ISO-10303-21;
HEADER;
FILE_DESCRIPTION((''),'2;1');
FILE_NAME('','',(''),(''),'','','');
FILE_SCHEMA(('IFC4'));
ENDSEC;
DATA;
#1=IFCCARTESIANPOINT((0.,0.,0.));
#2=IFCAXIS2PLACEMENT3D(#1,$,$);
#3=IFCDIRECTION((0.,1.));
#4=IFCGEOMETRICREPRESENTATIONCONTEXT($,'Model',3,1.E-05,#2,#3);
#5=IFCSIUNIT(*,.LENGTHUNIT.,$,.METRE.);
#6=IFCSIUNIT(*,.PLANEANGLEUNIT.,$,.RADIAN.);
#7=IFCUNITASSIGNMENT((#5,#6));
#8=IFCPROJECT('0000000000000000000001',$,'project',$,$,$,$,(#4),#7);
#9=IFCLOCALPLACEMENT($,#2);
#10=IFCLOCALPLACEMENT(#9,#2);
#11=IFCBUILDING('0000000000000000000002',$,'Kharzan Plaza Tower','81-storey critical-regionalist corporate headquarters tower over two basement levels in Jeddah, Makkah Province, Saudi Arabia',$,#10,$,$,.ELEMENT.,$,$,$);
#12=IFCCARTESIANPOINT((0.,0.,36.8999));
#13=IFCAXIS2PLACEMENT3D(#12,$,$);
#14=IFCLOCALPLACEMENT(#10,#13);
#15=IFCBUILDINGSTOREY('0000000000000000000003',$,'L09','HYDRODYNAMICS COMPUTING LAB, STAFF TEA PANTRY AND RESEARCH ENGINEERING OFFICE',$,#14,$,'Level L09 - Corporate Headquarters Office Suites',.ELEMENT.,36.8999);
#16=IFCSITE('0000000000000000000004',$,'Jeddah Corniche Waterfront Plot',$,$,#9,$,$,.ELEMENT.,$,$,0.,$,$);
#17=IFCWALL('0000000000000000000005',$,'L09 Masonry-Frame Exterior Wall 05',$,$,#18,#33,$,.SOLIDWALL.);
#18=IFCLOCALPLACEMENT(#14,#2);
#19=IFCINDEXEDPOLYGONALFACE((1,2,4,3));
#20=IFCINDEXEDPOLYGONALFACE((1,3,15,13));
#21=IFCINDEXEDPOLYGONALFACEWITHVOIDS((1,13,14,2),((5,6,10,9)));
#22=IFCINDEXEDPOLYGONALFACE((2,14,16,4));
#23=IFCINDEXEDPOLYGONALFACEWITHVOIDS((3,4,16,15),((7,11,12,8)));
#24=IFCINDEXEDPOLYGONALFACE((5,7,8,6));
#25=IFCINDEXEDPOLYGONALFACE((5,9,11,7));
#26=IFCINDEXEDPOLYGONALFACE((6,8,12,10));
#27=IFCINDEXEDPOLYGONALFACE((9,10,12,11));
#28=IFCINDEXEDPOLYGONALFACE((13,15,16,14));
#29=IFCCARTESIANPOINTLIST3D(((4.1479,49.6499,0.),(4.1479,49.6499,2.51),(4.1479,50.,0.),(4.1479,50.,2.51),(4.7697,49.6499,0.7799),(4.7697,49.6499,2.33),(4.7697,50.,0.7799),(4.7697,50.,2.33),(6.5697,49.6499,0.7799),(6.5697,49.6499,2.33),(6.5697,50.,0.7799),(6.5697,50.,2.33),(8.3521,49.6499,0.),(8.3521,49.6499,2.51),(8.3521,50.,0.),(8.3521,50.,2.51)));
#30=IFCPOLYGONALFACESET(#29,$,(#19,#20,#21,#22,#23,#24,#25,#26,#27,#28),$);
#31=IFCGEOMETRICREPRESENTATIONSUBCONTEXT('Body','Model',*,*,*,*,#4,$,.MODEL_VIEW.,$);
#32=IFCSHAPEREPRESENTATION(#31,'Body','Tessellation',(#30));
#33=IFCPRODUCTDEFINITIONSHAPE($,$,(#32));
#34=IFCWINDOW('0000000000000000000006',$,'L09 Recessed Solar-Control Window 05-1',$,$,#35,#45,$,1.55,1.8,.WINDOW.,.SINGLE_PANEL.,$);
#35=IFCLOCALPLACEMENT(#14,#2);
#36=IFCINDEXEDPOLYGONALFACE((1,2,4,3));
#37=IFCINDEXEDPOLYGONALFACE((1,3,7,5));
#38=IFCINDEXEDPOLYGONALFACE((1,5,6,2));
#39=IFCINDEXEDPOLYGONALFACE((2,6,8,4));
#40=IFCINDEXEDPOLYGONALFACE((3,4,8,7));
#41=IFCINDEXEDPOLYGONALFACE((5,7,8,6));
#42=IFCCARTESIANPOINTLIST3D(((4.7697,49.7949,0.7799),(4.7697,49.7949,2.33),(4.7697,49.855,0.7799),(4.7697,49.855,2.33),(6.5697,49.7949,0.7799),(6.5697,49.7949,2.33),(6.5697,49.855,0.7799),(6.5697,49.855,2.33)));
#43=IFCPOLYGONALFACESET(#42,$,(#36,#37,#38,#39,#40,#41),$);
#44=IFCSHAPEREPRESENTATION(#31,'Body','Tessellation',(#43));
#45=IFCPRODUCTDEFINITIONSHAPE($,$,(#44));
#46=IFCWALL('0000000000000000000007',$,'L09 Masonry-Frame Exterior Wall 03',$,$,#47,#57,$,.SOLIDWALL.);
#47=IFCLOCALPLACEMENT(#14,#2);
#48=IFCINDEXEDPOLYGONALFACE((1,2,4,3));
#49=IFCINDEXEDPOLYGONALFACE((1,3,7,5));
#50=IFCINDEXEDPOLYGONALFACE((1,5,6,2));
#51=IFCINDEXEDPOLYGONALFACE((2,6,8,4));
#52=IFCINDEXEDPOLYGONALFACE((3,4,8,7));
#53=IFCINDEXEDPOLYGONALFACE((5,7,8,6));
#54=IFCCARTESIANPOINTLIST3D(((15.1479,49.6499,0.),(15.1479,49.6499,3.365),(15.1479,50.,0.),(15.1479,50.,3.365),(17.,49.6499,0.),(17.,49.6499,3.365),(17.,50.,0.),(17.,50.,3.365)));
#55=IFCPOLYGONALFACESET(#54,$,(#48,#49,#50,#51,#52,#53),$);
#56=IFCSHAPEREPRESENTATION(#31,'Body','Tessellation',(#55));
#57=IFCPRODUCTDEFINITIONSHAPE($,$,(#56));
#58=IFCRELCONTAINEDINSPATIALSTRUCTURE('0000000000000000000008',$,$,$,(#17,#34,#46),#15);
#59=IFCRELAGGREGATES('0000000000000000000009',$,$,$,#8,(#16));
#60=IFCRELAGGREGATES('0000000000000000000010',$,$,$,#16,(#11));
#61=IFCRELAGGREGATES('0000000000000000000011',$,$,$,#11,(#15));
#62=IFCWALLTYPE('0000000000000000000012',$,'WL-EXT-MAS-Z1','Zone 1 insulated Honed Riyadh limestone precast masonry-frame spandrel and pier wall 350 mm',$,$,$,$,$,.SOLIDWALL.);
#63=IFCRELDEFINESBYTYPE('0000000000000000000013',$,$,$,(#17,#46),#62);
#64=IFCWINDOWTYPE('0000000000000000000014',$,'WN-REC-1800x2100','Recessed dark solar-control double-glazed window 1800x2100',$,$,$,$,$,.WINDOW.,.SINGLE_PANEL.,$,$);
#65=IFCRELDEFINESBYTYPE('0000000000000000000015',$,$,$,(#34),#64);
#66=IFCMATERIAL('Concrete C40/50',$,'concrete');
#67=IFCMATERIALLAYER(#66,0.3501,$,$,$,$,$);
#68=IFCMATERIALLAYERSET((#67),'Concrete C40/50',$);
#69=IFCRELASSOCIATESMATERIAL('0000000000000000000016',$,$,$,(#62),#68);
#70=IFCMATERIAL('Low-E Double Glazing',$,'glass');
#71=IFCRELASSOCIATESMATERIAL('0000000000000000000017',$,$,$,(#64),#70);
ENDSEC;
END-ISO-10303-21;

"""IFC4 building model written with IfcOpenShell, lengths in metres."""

from ifc_helpers import new_model, si_unit, direction, frame, frame_2d, origin, place, context, subcontext, project, spatial, rectangle, extrude, source, transform, mapped, material, layer, layer_set, type_object, element, fill, save


model = new_model("IFC4")

# Units and contexts
model_context = context("Model", 3, precision=1e-05, world=origin(), true_north=direction((0.0, 1.0)))
body_context = subcontext(model_context, "Body", "Model", "MODEL_VIEW")
ifc_project = project(units=[si_unit("LENGTHUNIT", "METRE"), si_unit("PLANEANGLEUNIT", "RADIAN")], contexts=[model_context])

# Site, building, storey
site_placement = place(None, origin())
site = spatial("IfcSite", under=ifc_project, at=site_placement, Name="Jeddah Corniche Waterfront Plot", CompositionType="ELEMENT", RefElevation=0.0)
building_placement = place(site_placement, origin())
building = spatial("IfcBuilding", under=site, at=building_placement, Name="Kharzan Plaza Tower", Description="81-storey critical-regionalist corporate headquarters tower over two basement levels in Jeddah, Makkah Province, Saudi Arabia", CompositionType="ELEMENT")
storey_placement = place(building_placement, frame((0.0, 0.0, 36.8999)))
storey = spatial("IfcBuildingStorey", under=building, at=storey_placement, Name="L09", Description="HYDRODYNAMICS COMPUTING LAB, STAFF TEA PANTRY AND RESEARCH ENGINEERING OFFICE", LongName="Level L09 - Corporate Headquarters Office Suites", CompositionType="ELEMENT", Elevation=36.8999)

# Shared definitions
ifc_material_1 = material(Name="Concrete C40/50", Category="concrete")
ifc_layer = layer(ifc_material_1, 0.3501)
ifc_layer_set = layer_set([ifc_layer], Name="Concrete C40/50")
wall_type = type_object("IfcWallType", Name="WL-EXT-MAS-Z1", Description="Zone 1 insulated Honed Riyadh limestone precast masonry-frame spandrel and pier wall 350 mm", PredefinedType="SOLIDWALL", material=ifc_layer_set)
ifc_material_2 = material(Name="Low-E Double Glazing", Category="glass")

# Wall, opening, window
wall_1_placement = place(storey_placement, frame((8.3521, 49.825, 0.0), z_axis=(0.0, 0.0, 1.0), x_axis=(-1.0, 0.0, 0.0)))
wall_1 = element("IfcWall", 1, at=wall_1_placement, inside=storey, type_object=wall_type, Name="L09 Masonry-Frame Exterior Wall 05", PredefinedType="SOLIDWALL", context=body_context, shape_type="SweptSolid", body=[
    extrude(rectangle(XDim=4.2041, YDim=0.3501, at=frame_2d((2.1021, 0.0))), origin(), (0.0, 0.0, 1.0), 2.51),
])
opening_1_placement = place(wall_1_placement, frame((1.7825, 0.0, 0.78)))
opening_1 = element("IfcOpeningElement", 2, at=opening_1_placement, cuts=wall_1, PredefinedType="OPENING", context=body_context, shape_type="SweptSolid", body=[
    extrude(rectangle(XDim=1.8, YDim=1.55, at=frame_2d((0.8999, 0.7749))), frame((0.0, 0.1851, 0.0), z_axis=(0.0, -1.0, 0.0), x_axis=(1.0, 0.0, 0.0)), (0.0, 0.0, 1.0), 0.3701),
])
window_type_1 = type_object("IfcWindowType", Name="WN-REC-1800x2100", Description="Recessed dark solar-control double-glazed window 1800x2100", PartitioningType="SINGLE_PANEL", PredefinedType="WINDOW", material=ifc_material_2)
shared_shape_1 = source(origin(), body_context, "Body", "SweptSolid", [
    extrude(rectangle(XDim=1.8, YDim=1.55, at=frame_2d((0.8999, 0.7749))), frame((0.0, 0.03, 0.0), z_axis=(0.0, -1.0, 0.0), x_axis=(1.0, 0.0, 0.0)), (0.0, 0.0, 1.0), 0.0601),
])
window_1_placement = place(opening_1_placement, origin())
window_1 = element("IfcWindow", 3, at=window_1_placement, inside=storey, type_object=window_type_1, Name="L09 Recessed Solar-Control Window 05-1", OverallHeight=1.55, OverallWidth=1.8, PartitioningType="SINGLE_PANEL", PredefinedType="WINDOW", context=body_context, shape_type="MappedRepresentation", body=[
    mapped(shared_shape_1, transform((0.0, 0.0, 0.0), x_axis=(1.0, 0.0, 0.0), y_axis=(0.0, 1.0, 0.0), z_axis=(0.0, 0.0, 1.0))),
])
fill(opening_1, window_1)

# Wall
shared_shape_2 = source(origin(), body_context, "Body", "SweptSolid", [
    extrude(rectangle(XDim=1.8521, YDim=0.3501, at=frame_2d((0.926, 0.0))), origin(), (0.0, 0.0, 1.0), 3.365),
])
wall_2_placement = place(storey_placement, frame((17.0, 49.825, 0.0), z_axis=(0.0, 0.0, 1.0), x_axis=(-1.0, 0.0, 0.0)))
element("IfcWall", 4, at=wall_2_placement, inside=storey, type_object=wall_type, Name="L09 Masonry-Frame Exterior Wall 03", PredefinedType="SOLIDWALL", context=body_context, shape_type="MappedRepresentation", body=[
    mapped(shared_shape_2, transform((0.0, 0.0, 0.0), x_axis=(1.0, 0.0, 0.0), y_axis=(0.0, 1.0, 0.0), z_axis=(0.0, 0.0, 1.0))),
])

save(model, "model.ifc")
